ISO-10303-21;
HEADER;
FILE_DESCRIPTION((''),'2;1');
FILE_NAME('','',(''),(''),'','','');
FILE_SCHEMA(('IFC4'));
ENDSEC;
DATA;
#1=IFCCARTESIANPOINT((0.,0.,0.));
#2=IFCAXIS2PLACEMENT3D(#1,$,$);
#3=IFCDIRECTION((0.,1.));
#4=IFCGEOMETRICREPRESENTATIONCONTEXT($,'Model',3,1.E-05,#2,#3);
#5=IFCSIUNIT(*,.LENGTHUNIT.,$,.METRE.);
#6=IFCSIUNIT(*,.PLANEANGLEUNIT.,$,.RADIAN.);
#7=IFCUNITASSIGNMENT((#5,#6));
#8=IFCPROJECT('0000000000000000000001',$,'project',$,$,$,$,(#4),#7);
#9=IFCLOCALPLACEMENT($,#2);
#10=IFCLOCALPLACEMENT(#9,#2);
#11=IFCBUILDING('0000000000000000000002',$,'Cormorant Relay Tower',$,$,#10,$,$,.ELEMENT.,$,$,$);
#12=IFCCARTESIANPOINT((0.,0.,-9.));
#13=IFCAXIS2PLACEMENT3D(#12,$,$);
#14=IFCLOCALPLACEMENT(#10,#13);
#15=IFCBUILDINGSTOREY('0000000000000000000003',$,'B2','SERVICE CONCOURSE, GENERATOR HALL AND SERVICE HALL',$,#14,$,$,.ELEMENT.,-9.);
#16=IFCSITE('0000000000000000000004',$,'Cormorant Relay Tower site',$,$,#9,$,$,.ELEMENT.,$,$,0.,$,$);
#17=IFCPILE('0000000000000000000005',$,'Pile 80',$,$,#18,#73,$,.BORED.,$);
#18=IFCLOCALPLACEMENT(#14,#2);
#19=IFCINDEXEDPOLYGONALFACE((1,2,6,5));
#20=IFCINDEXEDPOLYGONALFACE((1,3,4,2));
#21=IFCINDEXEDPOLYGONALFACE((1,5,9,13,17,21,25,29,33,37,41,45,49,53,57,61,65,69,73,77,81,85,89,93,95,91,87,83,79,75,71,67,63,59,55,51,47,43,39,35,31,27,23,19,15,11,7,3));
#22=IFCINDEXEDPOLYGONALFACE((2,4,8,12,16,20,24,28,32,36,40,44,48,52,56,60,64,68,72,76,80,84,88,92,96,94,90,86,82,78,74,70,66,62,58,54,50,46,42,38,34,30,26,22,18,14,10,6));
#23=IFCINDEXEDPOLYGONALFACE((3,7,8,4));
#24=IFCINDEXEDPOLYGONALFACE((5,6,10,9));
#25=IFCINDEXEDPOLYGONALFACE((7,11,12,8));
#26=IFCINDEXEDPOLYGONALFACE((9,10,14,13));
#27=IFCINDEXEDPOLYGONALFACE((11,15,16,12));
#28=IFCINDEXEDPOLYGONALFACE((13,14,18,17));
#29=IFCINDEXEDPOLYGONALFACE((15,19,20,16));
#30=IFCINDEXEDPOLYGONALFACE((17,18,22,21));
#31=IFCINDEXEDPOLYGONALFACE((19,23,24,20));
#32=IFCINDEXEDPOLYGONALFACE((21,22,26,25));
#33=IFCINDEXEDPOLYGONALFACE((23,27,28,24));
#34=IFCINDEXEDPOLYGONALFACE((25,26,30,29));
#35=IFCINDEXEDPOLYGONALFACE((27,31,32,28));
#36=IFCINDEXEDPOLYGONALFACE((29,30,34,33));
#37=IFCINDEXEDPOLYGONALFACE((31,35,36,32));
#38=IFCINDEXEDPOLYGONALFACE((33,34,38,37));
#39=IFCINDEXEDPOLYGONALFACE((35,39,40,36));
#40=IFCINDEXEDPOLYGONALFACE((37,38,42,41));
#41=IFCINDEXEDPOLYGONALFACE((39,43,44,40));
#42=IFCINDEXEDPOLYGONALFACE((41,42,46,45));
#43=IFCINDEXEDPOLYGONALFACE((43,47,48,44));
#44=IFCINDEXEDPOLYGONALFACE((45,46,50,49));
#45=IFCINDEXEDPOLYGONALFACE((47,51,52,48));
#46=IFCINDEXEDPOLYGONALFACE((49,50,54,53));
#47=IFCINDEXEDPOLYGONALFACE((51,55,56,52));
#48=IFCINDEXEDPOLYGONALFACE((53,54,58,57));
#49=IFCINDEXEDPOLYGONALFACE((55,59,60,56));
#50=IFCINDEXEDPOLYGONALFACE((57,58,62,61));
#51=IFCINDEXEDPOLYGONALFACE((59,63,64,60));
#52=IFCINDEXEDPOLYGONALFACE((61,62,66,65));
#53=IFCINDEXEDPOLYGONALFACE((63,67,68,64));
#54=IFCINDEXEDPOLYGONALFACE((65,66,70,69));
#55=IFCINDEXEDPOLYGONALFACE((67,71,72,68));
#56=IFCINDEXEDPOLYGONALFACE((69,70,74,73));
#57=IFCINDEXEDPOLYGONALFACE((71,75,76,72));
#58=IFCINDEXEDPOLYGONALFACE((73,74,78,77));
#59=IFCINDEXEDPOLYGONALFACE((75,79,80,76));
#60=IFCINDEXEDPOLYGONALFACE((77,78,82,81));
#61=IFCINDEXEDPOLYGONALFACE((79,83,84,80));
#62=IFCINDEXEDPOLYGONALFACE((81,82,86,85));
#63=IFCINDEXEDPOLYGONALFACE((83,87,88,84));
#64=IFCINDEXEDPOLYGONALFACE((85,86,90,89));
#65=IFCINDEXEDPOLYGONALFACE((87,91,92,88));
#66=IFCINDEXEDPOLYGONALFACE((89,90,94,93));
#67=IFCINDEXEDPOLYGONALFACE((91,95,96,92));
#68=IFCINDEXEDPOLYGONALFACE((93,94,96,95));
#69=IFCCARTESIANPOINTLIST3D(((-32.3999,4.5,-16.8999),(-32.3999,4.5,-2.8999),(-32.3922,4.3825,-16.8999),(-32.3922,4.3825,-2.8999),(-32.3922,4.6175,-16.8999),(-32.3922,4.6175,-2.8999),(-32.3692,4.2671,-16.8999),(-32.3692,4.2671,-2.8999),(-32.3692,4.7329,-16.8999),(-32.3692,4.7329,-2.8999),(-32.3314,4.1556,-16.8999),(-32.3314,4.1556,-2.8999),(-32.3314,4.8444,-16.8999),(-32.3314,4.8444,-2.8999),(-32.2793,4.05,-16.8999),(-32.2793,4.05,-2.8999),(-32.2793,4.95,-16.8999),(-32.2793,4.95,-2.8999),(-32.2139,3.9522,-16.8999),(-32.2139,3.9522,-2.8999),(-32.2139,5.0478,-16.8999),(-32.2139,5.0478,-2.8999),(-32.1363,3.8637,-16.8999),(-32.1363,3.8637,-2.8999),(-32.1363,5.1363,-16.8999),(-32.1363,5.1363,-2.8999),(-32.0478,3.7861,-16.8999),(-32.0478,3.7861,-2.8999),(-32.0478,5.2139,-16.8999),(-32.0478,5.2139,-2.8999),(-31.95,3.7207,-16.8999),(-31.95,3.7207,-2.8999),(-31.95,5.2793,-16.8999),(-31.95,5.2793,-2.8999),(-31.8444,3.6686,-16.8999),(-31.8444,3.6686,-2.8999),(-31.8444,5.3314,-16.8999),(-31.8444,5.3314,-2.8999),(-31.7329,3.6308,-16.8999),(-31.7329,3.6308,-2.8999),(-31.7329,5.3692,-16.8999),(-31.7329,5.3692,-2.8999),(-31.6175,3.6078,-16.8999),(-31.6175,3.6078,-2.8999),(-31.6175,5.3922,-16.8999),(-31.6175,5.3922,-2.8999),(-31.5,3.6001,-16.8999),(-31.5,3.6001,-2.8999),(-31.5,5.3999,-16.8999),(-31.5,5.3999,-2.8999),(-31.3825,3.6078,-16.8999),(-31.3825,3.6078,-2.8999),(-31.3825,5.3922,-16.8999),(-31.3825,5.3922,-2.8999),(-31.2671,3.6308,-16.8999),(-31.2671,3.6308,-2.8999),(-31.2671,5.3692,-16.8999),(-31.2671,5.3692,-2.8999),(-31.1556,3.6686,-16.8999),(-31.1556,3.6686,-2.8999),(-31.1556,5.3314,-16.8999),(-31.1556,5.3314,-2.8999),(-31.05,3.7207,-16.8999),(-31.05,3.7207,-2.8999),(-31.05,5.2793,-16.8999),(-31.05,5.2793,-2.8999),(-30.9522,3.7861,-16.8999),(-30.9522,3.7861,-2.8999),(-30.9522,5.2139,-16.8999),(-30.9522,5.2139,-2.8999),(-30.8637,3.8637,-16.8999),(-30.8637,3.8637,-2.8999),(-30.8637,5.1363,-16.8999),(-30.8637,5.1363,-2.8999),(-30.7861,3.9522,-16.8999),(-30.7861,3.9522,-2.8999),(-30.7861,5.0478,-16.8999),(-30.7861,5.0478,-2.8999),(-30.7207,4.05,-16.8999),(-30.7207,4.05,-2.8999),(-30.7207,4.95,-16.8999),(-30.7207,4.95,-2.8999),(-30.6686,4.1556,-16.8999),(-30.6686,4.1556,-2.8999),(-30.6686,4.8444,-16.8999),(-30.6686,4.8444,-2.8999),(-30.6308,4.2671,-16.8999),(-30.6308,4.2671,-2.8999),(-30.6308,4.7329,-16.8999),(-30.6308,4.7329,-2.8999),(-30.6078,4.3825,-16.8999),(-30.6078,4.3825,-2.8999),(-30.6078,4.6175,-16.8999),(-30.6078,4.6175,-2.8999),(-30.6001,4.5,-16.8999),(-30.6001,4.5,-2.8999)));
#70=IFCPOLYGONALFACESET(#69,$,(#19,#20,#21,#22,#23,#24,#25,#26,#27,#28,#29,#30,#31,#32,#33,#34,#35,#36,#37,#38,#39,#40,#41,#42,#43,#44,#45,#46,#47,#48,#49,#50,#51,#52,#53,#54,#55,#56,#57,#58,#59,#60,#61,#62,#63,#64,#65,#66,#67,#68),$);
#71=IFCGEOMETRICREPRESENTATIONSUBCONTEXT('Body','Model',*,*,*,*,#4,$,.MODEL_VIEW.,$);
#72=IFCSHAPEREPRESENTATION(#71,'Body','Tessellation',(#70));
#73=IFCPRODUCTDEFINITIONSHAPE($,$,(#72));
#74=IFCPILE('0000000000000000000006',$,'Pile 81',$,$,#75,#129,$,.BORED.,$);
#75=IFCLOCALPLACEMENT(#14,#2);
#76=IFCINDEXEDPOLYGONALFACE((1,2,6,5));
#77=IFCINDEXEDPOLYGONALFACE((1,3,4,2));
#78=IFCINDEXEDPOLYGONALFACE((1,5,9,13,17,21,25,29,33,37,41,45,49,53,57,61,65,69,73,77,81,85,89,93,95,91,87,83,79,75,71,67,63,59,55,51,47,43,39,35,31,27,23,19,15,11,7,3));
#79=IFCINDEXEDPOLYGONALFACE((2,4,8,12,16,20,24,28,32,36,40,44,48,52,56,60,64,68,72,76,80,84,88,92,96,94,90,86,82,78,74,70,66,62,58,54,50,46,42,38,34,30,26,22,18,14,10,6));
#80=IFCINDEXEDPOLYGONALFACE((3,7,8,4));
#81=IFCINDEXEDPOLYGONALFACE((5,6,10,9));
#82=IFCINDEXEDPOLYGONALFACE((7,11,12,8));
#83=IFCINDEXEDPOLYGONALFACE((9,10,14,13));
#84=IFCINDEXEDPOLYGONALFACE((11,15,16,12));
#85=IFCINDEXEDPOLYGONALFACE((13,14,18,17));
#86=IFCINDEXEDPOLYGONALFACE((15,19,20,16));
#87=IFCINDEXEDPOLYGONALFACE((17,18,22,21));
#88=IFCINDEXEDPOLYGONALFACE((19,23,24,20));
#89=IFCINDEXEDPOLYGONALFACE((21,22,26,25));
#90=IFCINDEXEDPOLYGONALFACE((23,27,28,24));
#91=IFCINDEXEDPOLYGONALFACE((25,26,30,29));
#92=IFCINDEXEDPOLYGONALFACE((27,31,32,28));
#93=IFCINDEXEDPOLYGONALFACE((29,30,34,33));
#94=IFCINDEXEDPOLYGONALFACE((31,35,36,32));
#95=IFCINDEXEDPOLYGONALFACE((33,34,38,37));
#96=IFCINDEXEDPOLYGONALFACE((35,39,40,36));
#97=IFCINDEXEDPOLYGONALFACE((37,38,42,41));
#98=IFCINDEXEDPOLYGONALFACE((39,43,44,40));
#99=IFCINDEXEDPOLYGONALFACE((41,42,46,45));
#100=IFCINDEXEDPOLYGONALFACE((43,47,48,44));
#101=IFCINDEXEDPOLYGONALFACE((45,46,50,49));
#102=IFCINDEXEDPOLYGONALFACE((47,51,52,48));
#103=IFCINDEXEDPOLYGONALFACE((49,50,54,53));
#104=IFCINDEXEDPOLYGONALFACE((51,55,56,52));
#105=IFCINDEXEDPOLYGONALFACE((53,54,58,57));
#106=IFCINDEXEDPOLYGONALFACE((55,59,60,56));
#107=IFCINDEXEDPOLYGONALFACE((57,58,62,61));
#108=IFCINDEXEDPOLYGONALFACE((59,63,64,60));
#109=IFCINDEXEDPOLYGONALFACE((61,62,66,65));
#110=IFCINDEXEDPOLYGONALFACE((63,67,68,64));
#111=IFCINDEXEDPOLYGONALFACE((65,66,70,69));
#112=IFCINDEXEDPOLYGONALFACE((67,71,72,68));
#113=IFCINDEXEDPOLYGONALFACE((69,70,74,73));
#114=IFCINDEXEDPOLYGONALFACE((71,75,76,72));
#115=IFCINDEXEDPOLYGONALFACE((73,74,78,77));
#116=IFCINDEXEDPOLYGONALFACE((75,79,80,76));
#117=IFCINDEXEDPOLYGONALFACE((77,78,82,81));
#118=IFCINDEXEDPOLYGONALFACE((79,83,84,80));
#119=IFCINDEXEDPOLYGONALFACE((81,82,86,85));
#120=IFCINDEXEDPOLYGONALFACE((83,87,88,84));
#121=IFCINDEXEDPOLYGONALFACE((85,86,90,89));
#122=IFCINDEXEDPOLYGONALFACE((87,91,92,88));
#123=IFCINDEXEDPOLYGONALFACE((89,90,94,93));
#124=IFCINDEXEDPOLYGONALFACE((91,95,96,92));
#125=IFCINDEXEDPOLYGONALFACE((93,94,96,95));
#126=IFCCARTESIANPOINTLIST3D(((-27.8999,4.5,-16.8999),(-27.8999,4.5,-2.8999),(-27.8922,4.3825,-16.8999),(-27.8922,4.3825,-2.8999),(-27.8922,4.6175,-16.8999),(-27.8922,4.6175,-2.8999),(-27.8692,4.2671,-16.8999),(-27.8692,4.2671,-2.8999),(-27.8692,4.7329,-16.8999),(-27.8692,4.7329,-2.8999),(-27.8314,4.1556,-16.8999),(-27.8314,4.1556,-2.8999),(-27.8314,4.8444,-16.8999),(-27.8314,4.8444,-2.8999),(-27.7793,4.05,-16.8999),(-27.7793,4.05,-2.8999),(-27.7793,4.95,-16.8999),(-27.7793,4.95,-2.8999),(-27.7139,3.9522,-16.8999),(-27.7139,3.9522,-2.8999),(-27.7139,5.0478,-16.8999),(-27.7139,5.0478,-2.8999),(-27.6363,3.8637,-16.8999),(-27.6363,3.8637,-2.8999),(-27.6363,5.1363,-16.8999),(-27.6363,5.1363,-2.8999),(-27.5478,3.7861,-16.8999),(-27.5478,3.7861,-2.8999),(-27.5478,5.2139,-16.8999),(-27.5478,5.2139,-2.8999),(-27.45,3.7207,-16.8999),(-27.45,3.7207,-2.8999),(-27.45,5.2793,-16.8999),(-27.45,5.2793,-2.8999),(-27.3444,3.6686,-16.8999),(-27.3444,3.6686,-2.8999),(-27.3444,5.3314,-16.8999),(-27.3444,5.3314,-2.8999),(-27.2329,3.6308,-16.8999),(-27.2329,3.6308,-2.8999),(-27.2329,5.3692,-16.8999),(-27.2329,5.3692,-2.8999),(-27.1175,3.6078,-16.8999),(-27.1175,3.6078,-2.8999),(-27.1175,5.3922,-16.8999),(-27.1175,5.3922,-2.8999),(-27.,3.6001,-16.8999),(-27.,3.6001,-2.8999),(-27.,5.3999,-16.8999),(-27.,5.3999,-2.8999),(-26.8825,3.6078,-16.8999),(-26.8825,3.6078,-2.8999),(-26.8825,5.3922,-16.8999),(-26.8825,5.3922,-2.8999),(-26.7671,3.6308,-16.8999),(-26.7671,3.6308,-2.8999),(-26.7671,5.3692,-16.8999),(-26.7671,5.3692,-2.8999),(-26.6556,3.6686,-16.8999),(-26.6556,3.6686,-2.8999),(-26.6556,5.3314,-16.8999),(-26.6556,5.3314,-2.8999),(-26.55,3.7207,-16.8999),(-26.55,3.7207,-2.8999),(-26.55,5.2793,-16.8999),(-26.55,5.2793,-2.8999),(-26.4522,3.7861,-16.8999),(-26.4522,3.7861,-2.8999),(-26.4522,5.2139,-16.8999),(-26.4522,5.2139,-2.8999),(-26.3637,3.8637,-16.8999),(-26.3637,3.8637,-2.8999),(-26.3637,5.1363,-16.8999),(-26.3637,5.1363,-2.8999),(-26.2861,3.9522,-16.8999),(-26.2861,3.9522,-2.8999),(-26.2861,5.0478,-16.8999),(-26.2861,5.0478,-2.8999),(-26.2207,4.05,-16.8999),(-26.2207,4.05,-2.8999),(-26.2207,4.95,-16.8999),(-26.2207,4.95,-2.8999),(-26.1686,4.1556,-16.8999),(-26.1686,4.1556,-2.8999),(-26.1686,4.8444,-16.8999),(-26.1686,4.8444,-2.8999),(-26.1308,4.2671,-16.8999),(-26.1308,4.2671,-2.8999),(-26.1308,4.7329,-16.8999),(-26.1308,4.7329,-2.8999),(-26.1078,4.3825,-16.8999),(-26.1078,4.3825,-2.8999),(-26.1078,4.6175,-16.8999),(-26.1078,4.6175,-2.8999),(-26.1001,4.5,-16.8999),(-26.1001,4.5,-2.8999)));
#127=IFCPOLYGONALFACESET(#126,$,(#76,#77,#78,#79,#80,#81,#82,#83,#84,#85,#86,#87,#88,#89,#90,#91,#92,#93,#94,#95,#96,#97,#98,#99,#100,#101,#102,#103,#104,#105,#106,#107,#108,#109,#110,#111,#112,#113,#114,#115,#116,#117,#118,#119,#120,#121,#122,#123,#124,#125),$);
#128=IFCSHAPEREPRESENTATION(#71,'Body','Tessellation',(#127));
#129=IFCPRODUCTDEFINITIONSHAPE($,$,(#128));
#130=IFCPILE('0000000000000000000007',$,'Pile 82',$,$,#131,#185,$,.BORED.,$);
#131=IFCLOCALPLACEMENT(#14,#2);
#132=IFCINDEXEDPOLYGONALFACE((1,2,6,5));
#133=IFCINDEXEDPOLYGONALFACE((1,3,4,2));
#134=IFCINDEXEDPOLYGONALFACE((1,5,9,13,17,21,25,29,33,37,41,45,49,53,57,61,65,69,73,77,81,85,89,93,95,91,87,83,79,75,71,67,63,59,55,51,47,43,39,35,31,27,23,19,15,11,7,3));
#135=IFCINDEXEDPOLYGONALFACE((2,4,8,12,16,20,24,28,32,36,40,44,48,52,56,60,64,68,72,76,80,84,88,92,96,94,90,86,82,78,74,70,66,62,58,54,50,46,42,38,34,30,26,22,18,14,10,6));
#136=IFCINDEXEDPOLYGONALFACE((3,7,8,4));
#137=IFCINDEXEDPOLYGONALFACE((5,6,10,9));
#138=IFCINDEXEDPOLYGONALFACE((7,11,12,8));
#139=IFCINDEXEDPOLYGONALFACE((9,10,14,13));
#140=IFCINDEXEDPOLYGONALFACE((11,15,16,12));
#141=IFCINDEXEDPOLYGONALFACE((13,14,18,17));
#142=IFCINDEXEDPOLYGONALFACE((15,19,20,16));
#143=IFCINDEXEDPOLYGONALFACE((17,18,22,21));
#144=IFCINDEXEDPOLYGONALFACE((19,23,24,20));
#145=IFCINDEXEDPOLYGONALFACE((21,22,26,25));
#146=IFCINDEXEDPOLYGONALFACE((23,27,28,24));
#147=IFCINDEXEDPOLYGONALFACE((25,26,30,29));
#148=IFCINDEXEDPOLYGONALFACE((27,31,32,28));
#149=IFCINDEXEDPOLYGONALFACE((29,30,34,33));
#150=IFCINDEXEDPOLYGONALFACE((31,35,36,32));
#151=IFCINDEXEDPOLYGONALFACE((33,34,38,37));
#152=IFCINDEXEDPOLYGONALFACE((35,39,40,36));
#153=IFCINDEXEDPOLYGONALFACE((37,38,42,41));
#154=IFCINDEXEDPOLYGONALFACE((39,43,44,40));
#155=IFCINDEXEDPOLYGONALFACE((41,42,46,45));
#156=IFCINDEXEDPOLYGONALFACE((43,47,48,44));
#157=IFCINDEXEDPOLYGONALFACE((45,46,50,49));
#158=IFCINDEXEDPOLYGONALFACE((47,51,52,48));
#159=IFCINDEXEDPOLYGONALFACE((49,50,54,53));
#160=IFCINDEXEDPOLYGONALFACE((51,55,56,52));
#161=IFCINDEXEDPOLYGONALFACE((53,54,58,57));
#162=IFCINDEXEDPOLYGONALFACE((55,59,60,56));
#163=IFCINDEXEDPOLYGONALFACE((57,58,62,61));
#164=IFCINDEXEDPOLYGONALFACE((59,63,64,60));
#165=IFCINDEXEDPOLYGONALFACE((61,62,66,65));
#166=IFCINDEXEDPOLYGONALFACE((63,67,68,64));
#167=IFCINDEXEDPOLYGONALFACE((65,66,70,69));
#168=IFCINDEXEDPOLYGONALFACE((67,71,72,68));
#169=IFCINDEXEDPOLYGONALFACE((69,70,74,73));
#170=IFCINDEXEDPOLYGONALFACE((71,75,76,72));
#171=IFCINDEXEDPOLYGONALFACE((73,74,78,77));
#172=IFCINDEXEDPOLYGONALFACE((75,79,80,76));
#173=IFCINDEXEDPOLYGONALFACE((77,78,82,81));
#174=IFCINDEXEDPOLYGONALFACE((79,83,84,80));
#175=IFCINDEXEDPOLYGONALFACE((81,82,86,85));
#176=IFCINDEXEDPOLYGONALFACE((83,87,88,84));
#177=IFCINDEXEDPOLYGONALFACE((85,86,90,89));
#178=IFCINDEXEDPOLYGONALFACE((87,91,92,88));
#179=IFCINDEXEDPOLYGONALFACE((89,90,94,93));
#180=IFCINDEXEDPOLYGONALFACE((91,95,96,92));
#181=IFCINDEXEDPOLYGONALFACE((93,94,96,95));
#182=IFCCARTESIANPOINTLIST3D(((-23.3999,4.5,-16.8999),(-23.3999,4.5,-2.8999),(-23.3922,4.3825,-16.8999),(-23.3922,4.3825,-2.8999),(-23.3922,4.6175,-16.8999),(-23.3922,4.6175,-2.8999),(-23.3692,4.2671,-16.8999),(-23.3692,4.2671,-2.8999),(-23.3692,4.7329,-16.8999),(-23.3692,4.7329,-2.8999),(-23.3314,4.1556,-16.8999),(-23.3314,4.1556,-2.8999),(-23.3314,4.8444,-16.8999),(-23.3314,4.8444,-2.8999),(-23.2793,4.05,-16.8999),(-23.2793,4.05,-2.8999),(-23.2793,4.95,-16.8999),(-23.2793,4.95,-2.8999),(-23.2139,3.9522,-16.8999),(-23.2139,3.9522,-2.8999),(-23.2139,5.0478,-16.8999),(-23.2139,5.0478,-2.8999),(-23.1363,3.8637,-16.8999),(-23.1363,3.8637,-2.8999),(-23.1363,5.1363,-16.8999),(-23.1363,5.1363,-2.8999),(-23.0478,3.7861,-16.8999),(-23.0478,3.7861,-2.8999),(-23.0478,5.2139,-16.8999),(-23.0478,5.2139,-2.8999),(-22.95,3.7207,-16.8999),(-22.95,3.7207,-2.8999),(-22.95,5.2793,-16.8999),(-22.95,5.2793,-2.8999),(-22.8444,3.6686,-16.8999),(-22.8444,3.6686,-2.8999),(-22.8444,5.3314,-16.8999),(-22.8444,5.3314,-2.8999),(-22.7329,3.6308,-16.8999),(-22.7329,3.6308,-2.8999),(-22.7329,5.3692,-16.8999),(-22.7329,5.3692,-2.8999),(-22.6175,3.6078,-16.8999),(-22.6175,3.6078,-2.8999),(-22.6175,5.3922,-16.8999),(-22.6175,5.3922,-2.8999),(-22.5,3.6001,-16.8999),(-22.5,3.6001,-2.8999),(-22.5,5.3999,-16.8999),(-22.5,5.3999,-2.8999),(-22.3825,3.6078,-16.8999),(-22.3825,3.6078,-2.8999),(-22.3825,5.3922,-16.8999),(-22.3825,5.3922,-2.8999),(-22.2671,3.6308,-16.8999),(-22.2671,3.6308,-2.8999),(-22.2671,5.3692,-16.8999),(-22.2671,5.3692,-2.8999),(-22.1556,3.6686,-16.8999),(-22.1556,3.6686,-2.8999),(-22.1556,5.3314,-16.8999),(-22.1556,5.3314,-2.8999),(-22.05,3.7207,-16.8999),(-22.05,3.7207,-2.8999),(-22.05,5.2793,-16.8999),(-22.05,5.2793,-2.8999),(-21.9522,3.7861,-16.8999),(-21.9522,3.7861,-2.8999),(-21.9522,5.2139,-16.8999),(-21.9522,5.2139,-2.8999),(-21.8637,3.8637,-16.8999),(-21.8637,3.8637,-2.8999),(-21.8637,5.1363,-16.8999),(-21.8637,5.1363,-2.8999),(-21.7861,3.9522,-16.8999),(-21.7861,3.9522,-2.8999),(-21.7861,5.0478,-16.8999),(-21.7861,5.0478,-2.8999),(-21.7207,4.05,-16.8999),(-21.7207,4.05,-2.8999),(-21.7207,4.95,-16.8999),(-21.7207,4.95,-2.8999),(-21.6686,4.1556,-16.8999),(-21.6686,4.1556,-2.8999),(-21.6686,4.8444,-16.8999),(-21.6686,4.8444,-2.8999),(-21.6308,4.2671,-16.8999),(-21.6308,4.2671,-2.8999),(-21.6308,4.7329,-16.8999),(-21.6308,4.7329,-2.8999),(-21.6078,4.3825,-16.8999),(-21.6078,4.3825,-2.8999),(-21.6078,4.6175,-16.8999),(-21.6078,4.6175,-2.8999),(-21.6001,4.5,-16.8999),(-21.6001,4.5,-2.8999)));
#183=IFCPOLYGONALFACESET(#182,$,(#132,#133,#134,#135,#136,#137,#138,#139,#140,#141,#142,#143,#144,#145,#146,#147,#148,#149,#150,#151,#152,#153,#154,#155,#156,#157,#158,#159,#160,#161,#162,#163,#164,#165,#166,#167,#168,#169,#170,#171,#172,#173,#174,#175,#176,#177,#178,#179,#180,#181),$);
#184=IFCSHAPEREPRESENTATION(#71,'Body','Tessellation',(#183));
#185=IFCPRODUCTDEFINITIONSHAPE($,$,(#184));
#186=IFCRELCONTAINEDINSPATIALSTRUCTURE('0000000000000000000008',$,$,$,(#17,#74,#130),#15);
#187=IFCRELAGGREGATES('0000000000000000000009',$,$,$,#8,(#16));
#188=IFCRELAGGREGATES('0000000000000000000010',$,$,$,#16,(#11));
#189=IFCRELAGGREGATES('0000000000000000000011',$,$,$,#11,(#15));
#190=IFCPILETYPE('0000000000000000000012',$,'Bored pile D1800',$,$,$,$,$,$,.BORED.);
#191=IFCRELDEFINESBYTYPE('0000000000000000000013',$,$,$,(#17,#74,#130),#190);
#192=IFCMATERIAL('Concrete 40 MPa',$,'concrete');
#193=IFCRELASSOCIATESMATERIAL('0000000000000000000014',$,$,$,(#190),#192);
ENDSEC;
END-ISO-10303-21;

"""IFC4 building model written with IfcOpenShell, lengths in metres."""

from ifc_helpers import new_model, si_unit, direction, frame, origin, origin_2d, place, context, subcontext, project, spatial, circle, extrude, material, material_profile, profile_set, type_object, element, save


model = new_model("IFC4")

# Units and contexts
model_context = context("Model", 3, precision=1e-05, world=origin(), true_north=direction((0.0, 1.0)))
body_context = subcontext(model_context, "Body", "Model", "MODEL_VIEW")
ifc_project = project(units=[si_unit("LENGTHUNIT", "METRE"), si_unit("PLANEANGLEUNIT", "RADIAN")], contexts=[model_context])

# Site, building, storey
site_placement = place(None, origin())
site = spatial("IfcSite", under=ifc_project, at=site_placement, Name="Cormorant Relay Tower site", CompositionType="ELEMENT", RefElevation=0.0)
building_placement = place(site_placement, origin())
building = spatial("IfcBuilding", under=site, at=building_placement, Name="Cormorant Relay Tower", CompositionType="ELEMENT")
storey_placement = place(building_placement, frame((0.0, 0.0, -9.0)))
storey = spatial("IfcBuildingStorey", under=building, at=storey_placement, Name="B2", Description="SERVICE CONCOURSE, GENERATOR HALL AND SERVICE HALL", CompositionType="ELEMENT", Elevation=-9.0)

# Piles
ifc_material_1 = material(Name="Concrete 40 MPa", Category="concrete")
ifc_material_profile = material_profile(ifc_material_1, circle(Radius=0.8999, at=origin_2d()), Name="BP1800")
ifc_profile_set = profile_set([ifc_material_profile], Name="Concrete 40 MPa")
pile_type = type_object("IfcPileType", Name="Bored pile D1800", PredefinedType="BORED", material=ifc_profile_set)
for number, where, z_axis, x_axis, name in (
    (1, (-31.5, 4.5, -2.8999), (0.0, 0.0, -1.0), (1.0, 0.0, 0.0), "Pile 80"),
    (2, (-27.0, 4.5, -2.8999), (0.0, 0.0, -1.0), (1.0, 0.0, 0.0), "Pile 81"),
    (3, (-22.5, 4.5, -2.8999), (0.0, 0.0, -1.0), (1.0, 0.0, 0.0), "Pile 82"),
):
    element("IfcPile", number, at=place(storey_placement, frame(where, z_axis=z_axis, x_axis=x_axis)), inside=storey, type_object=pile_type, Name=name, PredefinedType="BORED", context=body_context, shape_type="SweptSolid", body=[
        extrude(circle(Radius=0.8999, at=origin_2d()), origin(), (0.0, 0.0, 1.0), 14.0),
    ])

save(model, "model.ifc")
